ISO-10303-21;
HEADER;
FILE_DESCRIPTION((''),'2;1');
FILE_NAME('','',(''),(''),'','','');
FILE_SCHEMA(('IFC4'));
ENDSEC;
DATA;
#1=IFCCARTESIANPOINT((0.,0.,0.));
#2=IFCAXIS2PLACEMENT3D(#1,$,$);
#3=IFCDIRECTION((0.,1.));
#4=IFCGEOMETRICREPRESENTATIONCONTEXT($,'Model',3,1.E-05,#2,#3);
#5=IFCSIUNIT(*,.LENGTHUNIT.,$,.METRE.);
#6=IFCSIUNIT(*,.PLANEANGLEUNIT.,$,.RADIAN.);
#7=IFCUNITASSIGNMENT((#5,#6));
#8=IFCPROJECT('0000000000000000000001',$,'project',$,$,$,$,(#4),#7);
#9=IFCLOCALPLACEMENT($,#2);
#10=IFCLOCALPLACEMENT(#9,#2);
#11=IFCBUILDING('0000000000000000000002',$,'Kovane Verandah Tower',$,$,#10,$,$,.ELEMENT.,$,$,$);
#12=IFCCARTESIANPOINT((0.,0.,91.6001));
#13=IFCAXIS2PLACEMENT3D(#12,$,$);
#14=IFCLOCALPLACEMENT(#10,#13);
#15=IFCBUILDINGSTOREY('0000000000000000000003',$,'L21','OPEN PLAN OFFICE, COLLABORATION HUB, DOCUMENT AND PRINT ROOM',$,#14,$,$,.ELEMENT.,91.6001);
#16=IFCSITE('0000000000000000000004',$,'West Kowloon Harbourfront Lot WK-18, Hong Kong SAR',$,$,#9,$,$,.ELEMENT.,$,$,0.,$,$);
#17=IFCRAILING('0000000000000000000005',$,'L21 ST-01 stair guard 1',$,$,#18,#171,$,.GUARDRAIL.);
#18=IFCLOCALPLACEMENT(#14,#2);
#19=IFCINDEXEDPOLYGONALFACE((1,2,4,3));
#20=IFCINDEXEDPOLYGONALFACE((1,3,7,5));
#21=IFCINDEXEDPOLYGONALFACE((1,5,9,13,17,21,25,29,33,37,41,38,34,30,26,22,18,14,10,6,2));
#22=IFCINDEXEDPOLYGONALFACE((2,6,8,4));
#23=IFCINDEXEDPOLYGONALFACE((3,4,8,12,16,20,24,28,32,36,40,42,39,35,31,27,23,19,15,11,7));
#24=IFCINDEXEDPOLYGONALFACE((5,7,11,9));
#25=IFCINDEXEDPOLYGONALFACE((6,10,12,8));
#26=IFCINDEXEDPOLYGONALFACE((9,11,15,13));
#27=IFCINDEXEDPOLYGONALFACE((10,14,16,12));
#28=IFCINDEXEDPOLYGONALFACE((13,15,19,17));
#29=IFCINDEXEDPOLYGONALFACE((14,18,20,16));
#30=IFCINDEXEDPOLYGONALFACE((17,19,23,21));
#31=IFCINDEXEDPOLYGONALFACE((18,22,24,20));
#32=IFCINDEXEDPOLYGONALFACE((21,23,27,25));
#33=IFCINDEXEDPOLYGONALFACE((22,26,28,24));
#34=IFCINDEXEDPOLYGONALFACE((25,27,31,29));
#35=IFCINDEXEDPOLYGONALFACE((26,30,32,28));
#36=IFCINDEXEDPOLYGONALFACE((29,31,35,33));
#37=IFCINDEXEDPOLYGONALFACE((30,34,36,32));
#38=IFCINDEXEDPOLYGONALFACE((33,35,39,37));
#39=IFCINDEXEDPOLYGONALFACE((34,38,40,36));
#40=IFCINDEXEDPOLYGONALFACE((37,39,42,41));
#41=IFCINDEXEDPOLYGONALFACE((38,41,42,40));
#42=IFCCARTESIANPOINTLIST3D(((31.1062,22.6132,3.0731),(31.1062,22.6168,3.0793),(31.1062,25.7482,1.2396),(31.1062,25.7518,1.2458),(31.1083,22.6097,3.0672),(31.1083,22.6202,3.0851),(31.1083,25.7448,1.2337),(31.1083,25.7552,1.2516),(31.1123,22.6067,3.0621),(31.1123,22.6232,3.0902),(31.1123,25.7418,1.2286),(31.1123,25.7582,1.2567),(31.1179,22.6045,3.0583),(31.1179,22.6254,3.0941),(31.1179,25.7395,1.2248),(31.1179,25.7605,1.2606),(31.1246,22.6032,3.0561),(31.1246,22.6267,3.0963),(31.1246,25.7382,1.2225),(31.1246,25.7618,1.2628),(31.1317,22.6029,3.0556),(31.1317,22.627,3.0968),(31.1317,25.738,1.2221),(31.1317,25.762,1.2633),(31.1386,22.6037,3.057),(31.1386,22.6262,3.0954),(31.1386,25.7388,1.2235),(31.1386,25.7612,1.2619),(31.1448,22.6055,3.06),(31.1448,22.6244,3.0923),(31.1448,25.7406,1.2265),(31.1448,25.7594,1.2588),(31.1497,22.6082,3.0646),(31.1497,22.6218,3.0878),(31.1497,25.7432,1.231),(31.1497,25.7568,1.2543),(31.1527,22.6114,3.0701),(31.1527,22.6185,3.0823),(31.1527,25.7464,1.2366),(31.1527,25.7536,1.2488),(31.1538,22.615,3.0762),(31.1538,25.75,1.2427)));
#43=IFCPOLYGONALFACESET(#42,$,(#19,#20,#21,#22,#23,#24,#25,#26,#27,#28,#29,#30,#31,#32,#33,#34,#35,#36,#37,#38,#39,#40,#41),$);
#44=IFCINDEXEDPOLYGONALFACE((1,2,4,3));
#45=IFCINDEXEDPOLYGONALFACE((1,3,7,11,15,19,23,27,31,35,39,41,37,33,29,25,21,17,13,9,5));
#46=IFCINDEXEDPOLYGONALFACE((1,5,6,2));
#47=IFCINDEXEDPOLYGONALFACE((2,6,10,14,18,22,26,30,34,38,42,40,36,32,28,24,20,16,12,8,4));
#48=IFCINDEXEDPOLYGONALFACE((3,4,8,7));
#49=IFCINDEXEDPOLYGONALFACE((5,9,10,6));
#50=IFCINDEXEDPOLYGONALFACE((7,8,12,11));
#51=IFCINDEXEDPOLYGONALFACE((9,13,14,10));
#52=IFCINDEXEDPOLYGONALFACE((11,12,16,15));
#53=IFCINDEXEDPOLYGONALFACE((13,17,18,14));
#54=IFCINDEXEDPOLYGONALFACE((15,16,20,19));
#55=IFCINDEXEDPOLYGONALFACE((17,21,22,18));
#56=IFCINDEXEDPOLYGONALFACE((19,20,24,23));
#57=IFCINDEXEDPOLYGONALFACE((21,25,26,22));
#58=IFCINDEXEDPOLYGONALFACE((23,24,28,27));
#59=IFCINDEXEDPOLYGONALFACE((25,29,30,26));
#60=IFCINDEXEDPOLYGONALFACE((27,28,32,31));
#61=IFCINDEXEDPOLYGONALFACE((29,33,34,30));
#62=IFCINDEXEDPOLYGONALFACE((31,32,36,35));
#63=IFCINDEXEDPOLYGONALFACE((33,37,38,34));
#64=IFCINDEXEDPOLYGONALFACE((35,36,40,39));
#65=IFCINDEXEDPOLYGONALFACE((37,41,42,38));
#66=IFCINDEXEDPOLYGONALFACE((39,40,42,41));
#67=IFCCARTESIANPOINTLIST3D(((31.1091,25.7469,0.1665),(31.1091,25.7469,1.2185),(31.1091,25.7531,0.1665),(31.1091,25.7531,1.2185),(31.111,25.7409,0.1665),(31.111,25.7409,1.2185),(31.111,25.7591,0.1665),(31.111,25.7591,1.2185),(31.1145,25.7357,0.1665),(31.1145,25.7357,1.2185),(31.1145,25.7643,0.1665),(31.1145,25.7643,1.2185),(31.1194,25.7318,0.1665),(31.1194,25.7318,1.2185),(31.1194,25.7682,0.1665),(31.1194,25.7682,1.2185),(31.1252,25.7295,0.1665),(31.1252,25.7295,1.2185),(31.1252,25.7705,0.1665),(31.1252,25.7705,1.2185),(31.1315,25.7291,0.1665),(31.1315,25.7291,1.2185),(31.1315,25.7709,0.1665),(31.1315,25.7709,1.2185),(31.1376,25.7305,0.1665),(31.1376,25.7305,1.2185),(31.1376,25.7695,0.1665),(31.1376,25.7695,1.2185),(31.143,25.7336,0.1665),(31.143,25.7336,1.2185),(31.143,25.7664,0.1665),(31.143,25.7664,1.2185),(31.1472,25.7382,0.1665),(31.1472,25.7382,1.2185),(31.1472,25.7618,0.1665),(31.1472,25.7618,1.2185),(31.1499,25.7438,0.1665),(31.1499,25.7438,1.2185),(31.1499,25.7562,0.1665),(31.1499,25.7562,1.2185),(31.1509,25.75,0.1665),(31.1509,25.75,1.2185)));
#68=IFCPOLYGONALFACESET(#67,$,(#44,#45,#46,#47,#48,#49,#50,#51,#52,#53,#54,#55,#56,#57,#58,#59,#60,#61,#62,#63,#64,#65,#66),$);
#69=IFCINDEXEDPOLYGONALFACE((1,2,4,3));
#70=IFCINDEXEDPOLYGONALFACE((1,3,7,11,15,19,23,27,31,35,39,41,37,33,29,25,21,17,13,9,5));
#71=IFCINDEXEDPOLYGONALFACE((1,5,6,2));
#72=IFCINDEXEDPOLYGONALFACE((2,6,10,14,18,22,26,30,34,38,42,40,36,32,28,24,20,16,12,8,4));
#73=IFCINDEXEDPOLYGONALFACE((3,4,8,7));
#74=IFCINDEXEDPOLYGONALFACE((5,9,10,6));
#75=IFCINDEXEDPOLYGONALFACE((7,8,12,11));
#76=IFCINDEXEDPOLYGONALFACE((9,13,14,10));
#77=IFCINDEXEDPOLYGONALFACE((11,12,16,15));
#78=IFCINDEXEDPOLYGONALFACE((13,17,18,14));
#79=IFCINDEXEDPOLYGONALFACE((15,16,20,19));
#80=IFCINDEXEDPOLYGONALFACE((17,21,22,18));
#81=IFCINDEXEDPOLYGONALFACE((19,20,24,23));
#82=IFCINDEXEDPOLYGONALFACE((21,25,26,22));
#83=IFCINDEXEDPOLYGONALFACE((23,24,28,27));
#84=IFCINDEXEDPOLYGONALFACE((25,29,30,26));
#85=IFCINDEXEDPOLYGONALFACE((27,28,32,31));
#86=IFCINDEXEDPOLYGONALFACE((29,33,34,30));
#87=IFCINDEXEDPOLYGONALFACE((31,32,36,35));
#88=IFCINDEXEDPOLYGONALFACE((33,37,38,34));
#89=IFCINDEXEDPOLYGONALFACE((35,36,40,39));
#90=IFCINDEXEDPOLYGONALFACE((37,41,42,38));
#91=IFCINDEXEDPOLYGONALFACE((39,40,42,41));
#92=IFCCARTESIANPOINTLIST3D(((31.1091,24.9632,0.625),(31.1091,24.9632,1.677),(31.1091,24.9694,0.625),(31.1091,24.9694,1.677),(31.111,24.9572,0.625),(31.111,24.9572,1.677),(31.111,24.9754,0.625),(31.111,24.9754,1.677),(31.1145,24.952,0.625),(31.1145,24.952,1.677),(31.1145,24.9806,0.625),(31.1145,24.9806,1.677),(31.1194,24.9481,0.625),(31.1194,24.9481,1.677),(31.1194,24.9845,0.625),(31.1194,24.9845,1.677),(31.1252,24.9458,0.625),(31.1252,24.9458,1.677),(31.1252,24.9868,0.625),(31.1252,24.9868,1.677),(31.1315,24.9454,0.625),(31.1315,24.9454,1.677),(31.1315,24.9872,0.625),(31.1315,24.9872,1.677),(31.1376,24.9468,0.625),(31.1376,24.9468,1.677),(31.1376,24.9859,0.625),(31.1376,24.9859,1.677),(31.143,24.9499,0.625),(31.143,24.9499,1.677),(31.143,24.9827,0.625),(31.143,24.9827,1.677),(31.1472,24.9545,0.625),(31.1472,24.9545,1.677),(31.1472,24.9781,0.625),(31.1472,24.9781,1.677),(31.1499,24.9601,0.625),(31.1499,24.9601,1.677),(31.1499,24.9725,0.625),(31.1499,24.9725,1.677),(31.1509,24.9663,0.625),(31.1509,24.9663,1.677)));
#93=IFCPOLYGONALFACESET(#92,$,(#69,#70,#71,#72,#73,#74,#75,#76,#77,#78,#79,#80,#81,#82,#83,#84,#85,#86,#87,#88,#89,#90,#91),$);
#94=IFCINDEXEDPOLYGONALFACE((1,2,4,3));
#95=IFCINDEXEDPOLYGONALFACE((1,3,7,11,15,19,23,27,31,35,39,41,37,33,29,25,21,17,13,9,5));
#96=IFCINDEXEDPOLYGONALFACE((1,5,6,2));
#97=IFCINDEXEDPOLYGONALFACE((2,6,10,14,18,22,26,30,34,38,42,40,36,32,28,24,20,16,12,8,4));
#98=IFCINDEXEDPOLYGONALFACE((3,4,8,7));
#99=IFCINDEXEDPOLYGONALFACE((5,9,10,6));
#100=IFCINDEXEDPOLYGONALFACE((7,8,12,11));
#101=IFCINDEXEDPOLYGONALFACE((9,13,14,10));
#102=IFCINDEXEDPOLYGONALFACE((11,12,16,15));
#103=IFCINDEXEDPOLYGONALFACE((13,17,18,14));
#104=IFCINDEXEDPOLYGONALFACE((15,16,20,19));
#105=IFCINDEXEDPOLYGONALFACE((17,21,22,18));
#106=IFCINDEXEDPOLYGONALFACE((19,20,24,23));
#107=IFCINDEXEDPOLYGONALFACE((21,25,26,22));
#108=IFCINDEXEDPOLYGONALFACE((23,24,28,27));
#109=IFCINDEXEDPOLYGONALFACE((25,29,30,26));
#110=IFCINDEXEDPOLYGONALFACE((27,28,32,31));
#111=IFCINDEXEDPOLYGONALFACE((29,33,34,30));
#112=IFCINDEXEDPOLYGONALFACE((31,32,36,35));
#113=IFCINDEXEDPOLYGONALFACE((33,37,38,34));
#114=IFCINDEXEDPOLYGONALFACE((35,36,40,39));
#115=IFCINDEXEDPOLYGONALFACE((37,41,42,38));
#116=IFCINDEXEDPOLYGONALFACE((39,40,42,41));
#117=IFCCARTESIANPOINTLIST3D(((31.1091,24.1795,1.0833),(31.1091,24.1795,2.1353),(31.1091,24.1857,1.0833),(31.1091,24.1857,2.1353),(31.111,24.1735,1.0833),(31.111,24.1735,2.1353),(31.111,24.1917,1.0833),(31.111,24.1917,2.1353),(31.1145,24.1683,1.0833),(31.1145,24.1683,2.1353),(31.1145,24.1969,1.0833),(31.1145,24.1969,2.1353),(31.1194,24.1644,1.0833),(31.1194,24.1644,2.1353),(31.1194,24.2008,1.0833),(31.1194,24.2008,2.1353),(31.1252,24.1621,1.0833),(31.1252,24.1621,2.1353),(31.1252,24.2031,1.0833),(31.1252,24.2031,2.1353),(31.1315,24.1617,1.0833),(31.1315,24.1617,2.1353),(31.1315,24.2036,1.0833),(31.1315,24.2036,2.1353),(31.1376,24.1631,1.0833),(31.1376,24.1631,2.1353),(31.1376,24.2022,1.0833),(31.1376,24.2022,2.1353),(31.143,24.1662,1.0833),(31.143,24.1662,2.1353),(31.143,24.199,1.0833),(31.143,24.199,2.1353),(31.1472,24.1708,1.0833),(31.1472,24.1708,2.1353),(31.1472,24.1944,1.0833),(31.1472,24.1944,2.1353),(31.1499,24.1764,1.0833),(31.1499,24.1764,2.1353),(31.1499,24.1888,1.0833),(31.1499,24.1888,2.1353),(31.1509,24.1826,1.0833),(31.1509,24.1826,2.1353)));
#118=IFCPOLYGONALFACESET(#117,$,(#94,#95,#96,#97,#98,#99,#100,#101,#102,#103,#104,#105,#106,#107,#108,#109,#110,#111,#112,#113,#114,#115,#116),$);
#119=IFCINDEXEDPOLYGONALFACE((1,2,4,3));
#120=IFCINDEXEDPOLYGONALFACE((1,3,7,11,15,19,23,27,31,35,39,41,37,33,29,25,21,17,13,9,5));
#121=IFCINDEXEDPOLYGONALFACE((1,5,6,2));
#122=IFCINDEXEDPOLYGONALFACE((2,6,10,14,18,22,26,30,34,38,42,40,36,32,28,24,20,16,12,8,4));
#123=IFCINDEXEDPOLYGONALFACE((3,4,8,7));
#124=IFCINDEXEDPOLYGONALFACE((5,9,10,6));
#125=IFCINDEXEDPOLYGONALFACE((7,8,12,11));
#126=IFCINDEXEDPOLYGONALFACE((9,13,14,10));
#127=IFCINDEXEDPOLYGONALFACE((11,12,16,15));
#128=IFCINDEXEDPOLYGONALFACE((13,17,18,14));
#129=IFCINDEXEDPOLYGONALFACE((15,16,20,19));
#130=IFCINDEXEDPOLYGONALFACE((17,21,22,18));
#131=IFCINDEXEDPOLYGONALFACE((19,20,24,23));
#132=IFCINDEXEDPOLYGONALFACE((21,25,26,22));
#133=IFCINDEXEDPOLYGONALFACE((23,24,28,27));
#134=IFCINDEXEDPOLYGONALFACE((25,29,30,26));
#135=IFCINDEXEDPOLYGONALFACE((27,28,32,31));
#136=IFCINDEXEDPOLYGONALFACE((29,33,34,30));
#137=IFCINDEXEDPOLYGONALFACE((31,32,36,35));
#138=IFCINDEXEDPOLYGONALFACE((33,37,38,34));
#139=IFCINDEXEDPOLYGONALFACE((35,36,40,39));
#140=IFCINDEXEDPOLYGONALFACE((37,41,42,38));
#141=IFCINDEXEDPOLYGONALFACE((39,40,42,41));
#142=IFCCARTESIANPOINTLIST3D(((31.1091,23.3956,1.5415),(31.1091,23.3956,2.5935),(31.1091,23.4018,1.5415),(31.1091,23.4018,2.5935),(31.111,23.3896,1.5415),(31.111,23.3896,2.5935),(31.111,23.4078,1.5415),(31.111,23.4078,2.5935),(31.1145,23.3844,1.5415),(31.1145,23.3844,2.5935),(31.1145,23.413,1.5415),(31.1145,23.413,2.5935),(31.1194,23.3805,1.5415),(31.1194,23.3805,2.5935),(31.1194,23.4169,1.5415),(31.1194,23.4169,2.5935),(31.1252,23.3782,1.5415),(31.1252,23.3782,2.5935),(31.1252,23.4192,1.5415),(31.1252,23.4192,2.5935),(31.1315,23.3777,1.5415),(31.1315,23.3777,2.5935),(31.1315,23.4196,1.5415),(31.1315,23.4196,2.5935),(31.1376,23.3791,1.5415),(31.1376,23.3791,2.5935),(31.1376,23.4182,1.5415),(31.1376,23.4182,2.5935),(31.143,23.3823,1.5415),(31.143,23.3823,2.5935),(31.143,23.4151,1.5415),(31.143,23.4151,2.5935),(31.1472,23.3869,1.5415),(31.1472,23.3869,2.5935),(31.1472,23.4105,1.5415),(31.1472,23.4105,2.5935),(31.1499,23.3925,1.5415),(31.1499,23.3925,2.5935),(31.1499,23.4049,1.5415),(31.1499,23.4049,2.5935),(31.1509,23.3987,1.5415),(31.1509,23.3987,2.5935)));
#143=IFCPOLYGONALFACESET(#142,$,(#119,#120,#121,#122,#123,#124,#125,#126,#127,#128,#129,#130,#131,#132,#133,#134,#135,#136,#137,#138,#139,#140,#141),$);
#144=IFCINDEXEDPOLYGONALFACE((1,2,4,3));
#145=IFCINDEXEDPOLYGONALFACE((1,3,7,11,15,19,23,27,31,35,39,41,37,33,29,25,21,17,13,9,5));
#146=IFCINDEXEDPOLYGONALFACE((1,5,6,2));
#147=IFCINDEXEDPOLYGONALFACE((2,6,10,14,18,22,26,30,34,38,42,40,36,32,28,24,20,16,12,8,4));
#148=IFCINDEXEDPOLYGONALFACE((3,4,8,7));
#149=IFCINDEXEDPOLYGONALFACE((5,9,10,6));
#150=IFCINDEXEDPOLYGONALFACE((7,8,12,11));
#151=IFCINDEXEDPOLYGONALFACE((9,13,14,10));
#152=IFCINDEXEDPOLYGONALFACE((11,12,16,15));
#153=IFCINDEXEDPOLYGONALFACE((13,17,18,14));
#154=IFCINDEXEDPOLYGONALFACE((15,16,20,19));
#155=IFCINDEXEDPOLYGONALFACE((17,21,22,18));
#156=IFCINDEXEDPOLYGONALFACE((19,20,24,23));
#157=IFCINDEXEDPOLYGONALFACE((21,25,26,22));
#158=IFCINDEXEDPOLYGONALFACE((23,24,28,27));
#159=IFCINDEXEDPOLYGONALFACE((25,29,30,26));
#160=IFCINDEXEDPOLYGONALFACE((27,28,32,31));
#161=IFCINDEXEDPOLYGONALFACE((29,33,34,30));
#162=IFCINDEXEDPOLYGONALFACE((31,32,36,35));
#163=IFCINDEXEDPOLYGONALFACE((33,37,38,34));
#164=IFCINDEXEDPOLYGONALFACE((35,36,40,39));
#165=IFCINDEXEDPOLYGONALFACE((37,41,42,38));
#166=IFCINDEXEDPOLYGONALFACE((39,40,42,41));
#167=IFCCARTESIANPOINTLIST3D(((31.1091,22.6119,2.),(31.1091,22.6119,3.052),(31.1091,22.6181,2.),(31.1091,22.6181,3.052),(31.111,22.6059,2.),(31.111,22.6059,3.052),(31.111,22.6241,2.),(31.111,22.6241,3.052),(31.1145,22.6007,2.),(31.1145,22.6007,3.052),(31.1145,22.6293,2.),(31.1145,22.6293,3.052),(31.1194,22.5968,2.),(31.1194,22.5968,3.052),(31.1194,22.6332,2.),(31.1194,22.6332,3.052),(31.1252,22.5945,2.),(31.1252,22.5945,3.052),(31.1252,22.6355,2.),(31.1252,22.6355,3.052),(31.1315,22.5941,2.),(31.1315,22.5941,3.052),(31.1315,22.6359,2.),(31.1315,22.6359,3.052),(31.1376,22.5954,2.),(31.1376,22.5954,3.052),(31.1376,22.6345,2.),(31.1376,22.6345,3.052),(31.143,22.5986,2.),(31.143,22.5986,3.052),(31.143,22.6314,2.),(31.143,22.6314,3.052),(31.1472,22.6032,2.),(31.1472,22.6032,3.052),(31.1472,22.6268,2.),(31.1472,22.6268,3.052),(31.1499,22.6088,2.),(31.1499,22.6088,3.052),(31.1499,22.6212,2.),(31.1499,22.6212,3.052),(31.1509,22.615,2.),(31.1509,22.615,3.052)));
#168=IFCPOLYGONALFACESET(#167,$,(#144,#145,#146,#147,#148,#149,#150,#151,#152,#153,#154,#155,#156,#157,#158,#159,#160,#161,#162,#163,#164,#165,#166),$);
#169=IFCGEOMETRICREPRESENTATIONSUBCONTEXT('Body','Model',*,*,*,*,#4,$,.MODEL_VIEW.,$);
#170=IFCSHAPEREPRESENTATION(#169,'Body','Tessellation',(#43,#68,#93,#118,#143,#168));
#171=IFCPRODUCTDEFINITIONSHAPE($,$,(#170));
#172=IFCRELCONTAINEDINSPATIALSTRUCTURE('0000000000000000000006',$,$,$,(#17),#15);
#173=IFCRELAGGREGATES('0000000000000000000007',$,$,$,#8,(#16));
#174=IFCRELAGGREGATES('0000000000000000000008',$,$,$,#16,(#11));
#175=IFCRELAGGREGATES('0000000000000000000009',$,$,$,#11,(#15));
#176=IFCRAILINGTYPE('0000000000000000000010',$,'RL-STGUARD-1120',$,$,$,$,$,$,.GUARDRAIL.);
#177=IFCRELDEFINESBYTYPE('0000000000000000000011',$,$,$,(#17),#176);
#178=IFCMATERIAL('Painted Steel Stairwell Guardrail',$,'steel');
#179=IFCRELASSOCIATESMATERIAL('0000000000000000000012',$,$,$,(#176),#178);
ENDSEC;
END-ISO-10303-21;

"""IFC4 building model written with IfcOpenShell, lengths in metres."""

from ifc_helpers import new_model, si_unit, direction, frame, origin, origin_2d, place, context, subcontext, project, spatial, circle, extrude, material, type_object, element, save


model = new_model("IFC4")

# Units and contexts
model_context = context("Model", 3, precision=1e-05, world=origin(), true_north=direction((0.0, 1.0)))
body_context = subcontext(model_context, "Body", "Model", "MODEL_VIEW")
ifc_project = project(units=[si_unit("LENGTHUNIT", "METRE"), si_unit("PLANEANGLEUNIT", "RADIAN")], contexts=[model_context])

# Site, building, storey
site_placement = place(None, origin())
site = spatial("IfcSite", under=ifc_project, at=site_placement, Name="West Kowloon Harbourfront Lot WK-18, Hong Kong SAR", CompositionType="ELEMENT", RefElevation=0.0)
building_placement = place(site_placement, origin())
building = spatial("IfcBuilding", under=site, at=building_placement, Name="Kovane Verandah Tower", CompositionType="ELEMENT")
storey_placement = place(building_placement, frame((0.0, 0.0, 91.6001)))
storey = spatial("IfcBuildingStorey", under=building, at=storey_placement, Name="L21", Description="OPEN PLAN OFFICE, COLLABORATION HUB, DOCUMENT AND PRINT ROOM", CompositionType="ELEMENT", Elevation=91.6001)

# Railing
ifc_material_1 = material(Name="Painted Steel Stairwell Guardrail", Category="steel")
railing_type_1 = type_object("IfcRailingType", Name="RL-STGUARD-1120", PredefinedType="GUARDRAIL", material=ifc_material_1)
railing_1_placement = place(storey_placement, frame((31.1299, 25.75, 0.1665)))
element("IfcRailing", 1, at=railing_1_placement, inside=storey, type_object=railing_type_1, Name="L21 ST-01 stair guard 1", PredefinedType="GUARDRAIL", context=body_context, shape_type="SweptSolid", body=[
    extrude(circle(Radius=0.0239, at=origin_2d()), frame((0.0, 0.0, 1.0762), z_axis=(0.0, -0.86321, 0.504845), x_axis=(1.0, 0.0, 0.0)), (0.0, 0.0, 1.0), 3.6318),
    extrude(circle(Radius=0.021, at=origin_2d()), origin(), (0.0, 0.0, 1.0), 1.052),
    extrude(circle(Radius=0.021, at=origin_2d()), frame((0.0, -0.7837, 0.4585)), (0.0, 0.0, 1.0), 1.052),
    extrude(circle(Radius=0.021, at=origin_2d()), frame((0.0, -1.5674, 0.9167)), (0.0, 0.0, 1.0), 1.052),
    extrude(circle(Radius=0.021, at=origin_2d()), frame((0.0, -2.3513, 1.375)), (0.0, 0.0, 1.0), 1.052),
    extrude(circle(Radius=0.021, at=origin_2d()), frame((0.0, -3.135, 1.8335)), (0.0, 0.0, 1.0), 1.052),
])

save(model, "model.ifc")
